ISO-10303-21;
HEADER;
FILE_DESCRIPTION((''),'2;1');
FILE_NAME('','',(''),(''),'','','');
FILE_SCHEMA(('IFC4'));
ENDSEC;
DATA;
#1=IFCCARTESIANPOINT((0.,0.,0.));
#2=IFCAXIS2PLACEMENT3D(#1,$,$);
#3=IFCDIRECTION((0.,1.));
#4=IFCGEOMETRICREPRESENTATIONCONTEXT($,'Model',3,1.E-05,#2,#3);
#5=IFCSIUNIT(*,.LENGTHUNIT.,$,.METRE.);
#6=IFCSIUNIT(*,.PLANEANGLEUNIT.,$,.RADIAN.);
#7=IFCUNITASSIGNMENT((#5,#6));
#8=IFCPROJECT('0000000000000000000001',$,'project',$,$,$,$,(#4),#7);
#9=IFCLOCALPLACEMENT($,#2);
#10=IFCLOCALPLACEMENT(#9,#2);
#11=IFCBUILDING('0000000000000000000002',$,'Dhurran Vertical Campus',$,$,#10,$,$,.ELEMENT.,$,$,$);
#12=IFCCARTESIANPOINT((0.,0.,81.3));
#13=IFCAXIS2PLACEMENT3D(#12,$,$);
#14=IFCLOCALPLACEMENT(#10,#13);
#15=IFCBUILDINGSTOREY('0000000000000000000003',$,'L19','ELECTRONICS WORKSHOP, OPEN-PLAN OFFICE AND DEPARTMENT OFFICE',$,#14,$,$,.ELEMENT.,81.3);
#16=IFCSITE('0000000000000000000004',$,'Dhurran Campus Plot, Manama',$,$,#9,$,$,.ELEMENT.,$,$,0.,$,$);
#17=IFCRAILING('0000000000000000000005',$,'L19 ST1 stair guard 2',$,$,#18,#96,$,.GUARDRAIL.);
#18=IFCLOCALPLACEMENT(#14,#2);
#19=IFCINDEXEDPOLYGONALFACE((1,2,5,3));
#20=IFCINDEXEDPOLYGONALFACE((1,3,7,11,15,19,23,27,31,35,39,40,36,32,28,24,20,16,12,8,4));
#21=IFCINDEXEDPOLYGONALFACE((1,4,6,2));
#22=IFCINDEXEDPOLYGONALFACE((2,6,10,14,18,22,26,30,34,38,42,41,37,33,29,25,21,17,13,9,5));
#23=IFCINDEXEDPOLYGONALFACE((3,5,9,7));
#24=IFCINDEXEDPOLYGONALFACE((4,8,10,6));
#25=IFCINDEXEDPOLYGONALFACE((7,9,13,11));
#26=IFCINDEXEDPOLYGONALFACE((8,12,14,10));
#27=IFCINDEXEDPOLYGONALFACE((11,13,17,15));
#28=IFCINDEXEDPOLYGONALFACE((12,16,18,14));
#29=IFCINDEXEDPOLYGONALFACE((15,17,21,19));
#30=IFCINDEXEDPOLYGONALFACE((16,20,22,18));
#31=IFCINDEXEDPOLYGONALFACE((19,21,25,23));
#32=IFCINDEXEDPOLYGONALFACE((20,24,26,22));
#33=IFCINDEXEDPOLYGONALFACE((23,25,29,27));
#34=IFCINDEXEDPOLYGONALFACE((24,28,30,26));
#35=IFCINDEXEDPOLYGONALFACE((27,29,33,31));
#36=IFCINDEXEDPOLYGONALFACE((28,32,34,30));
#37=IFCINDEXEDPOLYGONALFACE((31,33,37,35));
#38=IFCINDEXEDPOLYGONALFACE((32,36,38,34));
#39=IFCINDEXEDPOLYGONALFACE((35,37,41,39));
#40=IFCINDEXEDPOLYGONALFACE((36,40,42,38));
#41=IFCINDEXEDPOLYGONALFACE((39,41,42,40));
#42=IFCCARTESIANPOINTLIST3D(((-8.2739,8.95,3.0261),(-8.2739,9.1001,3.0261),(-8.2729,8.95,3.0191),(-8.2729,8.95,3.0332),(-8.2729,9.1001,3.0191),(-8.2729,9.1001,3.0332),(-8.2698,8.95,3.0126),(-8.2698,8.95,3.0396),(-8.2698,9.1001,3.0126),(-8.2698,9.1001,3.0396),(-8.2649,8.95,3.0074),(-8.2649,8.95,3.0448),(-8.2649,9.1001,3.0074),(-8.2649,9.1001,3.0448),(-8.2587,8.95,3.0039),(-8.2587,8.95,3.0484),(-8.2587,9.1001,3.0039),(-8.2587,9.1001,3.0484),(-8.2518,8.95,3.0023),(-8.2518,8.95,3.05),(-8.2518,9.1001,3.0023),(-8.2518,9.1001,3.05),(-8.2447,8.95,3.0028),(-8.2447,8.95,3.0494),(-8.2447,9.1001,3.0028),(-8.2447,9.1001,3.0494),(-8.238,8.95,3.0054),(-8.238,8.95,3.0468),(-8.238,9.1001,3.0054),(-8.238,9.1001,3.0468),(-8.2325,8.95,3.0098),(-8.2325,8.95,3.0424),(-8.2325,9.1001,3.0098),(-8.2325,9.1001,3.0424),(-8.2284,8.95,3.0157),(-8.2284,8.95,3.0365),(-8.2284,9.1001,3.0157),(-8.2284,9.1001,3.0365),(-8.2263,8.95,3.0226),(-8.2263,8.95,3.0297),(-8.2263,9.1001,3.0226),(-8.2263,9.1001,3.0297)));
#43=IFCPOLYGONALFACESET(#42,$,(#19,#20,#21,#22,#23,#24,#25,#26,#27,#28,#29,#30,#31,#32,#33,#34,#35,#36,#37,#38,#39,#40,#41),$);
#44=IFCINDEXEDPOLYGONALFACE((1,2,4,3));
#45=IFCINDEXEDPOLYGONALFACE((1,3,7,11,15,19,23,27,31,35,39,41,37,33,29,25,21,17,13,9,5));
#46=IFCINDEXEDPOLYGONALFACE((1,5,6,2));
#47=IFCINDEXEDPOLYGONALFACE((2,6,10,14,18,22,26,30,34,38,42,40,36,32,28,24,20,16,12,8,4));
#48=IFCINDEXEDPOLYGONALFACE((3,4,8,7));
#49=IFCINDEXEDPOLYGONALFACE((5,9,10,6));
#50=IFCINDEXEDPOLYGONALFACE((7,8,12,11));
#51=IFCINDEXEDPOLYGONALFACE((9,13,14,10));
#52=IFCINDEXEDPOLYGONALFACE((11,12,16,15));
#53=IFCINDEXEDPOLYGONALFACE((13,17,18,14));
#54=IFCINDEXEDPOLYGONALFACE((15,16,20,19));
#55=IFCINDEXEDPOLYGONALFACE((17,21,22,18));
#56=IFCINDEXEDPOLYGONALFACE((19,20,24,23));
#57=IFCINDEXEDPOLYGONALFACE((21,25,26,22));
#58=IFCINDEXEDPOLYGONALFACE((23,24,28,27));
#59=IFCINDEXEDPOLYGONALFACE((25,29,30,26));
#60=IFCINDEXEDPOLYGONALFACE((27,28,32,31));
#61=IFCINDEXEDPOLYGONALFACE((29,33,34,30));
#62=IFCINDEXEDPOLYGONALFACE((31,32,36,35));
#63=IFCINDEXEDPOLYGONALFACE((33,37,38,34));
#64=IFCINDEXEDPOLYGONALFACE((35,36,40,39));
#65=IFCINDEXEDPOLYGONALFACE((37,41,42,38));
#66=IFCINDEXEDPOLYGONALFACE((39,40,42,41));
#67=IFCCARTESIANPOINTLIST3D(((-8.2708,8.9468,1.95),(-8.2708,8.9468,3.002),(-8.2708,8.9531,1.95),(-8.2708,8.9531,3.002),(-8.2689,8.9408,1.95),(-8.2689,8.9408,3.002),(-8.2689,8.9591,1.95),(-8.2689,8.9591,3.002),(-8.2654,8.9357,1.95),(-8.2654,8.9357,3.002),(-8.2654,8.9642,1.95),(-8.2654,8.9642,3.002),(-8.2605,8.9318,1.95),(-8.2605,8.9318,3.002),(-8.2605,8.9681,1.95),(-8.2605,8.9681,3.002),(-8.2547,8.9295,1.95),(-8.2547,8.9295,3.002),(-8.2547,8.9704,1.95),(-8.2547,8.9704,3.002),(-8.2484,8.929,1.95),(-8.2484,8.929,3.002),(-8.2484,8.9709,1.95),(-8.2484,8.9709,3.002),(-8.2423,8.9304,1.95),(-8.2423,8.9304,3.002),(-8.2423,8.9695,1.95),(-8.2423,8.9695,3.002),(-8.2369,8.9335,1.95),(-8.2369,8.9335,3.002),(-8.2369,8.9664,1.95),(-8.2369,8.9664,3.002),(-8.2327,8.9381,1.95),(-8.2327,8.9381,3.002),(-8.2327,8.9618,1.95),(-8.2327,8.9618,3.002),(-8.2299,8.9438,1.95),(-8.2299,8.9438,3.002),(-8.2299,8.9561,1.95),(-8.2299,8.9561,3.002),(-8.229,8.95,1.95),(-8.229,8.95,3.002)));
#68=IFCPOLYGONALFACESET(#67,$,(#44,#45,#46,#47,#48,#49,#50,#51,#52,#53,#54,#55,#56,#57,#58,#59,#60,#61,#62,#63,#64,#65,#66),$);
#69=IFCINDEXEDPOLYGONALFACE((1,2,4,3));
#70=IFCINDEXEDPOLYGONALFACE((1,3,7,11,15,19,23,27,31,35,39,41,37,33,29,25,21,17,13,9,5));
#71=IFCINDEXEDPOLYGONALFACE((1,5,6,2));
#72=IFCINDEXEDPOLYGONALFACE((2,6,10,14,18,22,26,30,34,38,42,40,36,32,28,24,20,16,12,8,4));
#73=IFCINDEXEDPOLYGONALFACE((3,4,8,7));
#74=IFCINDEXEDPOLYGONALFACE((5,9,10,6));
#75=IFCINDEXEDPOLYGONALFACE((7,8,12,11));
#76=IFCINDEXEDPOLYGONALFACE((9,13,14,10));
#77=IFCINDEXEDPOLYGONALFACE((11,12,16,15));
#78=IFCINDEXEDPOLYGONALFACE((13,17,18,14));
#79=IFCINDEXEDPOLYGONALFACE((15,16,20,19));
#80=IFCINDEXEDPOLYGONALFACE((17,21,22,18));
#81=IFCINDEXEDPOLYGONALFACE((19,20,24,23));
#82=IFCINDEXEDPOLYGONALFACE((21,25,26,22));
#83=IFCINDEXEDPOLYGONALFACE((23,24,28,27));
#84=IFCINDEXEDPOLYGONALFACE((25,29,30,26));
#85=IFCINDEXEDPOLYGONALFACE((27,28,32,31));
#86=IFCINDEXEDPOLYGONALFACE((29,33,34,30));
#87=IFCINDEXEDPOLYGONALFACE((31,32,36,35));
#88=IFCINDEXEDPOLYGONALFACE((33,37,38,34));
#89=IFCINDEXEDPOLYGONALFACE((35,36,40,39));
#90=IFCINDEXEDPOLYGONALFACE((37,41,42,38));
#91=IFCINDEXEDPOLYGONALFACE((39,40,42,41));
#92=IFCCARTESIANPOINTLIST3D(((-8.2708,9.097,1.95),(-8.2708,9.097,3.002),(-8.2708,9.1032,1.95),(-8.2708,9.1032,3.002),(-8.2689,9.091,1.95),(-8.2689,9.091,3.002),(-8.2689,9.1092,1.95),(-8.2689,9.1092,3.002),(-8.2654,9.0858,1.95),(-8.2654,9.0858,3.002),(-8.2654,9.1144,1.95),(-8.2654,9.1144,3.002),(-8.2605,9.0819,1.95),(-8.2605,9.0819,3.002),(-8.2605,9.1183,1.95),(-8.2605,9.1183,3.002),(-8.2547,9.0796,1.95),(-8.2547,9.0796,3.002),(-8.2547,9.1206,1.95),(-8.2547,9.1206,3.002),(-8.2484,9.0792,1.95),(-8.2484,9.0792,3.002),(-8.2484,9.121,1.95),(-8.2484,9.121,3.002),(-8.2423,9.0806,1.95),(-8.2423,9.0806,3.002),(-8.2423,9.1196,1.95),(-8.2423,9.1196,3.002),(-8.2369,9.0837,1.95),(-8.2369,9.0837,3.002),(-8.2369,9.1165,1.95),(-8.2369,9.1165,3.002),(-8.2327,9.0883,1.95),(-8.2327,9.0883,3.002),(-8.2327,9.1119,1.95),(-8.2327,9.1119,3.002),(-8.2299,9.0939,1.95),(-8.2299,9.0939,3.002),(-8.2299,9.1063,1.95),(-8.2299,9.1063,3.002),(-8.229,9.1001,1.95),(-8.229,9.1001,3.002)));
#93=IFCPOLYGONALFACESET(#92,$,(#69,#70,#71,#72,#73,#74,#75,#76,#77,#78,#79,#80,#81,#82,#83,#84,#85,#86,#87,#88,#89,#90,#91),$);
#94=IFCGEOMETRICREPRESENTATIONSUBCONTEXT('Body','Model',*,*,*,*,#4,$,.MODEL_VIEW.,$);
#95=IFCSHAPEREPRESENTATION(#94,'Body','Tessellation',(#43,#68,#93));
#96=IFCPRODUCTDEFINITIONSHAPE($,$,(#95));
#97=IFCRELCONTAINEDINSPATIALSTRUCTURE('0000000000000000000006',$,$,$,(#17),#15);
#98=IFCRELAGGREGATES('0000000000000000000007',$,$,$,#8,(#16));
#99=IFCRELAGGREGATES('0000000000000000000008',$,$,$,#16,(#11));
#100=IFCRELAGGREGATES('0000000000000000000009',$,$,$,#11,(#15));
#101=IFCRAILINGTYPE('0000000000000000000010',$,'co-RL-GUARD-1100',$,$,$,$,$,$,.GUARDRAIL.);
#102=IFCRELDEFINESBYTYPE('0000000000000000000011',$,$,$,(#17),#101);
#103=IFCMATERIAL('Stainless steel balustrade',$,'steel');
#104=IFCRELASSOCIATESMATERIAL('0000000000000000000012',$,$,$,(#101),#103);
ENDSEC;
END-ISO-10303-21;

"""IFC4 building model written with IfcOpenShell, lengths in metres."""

from ifc_helpers import new_model, si_unit, direction, frame, origin, origin_2d, place, context, subcontext, project, spatial, circle, extrude, material, type_object, element, save


model = new_model("IFC4")

# Units and contexts
model_context = context("Model", 3, precision=1e-05, world=origin(), true_north=direction((0.0, 1.0)))
body_context = subcontext(model_context, "Body", "Model", "MODEL_VIEW")
ifc_project = project(units=[si_unit("LENGTHUNIT", "METRE"), si_unit("PLANEANGLEUNIT", "RADIAN")], contexts=[model_context])

# Site, building, storey
site_placement = place(None, origin())
site = spatial("IfcSite", under=ifc_project, at=site_placement, Name="Dhurran Campus Plot, Manama", CompositionType="ELEMENT", RefElevation=0.0)
building_placement = place(site_placement, origin())
building = spatial("IfcBuilding", under=site, at=building_placement, Name="Dhurran Vertical Campus", CompositionType="ELEMENT")
storey_placement = place(building_placement, frame((0.0, 0.0, 81.3)))
storey = spatial("IfcBuildingStorey", under=building, at=storey_placement, Name="L19", Description="ELECTRONICS WORKSHOP, OPEN-PLAN OFFICE AND DEPARTMENT OFFICE", CompositionType="ELEMENT", Elevation=81.3)

# Railing
ifc_material_1 = material(Name="Stainless steel balustrade", Category="steel")
railing_type_1 = type_object("IfcRailingType", Name="co-RL-GUARD-1100", PredefinedType="GUARDRAIL", material=ifc_material_1)
railing_1_placement = place(storey_placement, frame((-8.25, 8.95, 1.95)))
element("IfcRailing", 1, at=railing_1_placement, inside=storey, type_object=railing_type_1, Name="L19 ST1 stair guard 2", PredefinedType="GUARDRAIL", context=body_context, shape_type="SweptSolid", body=[
    extrude(circle(Radius=0.0239, at=origin_2d()), frame((0.0, 0.0, 1.0762), z_axis=(0.0, 1.0, 0.0), x_axis=(-1.0, 0.0, 0.0)), (0.0, 0.0, 1.0), 0.1501),
    extrude(circle(Radius=0.021, at=origin_2d()), origin(), (0.0, 0.0, 1.0), 1.052),
    extrude(circle(Radius=0.021, at=origin_2d()), frame((0.0, 0.1501, 0.0)), (0.0, 0.0, 1.0), 1.052),
])

save(model, "model.ifc")
